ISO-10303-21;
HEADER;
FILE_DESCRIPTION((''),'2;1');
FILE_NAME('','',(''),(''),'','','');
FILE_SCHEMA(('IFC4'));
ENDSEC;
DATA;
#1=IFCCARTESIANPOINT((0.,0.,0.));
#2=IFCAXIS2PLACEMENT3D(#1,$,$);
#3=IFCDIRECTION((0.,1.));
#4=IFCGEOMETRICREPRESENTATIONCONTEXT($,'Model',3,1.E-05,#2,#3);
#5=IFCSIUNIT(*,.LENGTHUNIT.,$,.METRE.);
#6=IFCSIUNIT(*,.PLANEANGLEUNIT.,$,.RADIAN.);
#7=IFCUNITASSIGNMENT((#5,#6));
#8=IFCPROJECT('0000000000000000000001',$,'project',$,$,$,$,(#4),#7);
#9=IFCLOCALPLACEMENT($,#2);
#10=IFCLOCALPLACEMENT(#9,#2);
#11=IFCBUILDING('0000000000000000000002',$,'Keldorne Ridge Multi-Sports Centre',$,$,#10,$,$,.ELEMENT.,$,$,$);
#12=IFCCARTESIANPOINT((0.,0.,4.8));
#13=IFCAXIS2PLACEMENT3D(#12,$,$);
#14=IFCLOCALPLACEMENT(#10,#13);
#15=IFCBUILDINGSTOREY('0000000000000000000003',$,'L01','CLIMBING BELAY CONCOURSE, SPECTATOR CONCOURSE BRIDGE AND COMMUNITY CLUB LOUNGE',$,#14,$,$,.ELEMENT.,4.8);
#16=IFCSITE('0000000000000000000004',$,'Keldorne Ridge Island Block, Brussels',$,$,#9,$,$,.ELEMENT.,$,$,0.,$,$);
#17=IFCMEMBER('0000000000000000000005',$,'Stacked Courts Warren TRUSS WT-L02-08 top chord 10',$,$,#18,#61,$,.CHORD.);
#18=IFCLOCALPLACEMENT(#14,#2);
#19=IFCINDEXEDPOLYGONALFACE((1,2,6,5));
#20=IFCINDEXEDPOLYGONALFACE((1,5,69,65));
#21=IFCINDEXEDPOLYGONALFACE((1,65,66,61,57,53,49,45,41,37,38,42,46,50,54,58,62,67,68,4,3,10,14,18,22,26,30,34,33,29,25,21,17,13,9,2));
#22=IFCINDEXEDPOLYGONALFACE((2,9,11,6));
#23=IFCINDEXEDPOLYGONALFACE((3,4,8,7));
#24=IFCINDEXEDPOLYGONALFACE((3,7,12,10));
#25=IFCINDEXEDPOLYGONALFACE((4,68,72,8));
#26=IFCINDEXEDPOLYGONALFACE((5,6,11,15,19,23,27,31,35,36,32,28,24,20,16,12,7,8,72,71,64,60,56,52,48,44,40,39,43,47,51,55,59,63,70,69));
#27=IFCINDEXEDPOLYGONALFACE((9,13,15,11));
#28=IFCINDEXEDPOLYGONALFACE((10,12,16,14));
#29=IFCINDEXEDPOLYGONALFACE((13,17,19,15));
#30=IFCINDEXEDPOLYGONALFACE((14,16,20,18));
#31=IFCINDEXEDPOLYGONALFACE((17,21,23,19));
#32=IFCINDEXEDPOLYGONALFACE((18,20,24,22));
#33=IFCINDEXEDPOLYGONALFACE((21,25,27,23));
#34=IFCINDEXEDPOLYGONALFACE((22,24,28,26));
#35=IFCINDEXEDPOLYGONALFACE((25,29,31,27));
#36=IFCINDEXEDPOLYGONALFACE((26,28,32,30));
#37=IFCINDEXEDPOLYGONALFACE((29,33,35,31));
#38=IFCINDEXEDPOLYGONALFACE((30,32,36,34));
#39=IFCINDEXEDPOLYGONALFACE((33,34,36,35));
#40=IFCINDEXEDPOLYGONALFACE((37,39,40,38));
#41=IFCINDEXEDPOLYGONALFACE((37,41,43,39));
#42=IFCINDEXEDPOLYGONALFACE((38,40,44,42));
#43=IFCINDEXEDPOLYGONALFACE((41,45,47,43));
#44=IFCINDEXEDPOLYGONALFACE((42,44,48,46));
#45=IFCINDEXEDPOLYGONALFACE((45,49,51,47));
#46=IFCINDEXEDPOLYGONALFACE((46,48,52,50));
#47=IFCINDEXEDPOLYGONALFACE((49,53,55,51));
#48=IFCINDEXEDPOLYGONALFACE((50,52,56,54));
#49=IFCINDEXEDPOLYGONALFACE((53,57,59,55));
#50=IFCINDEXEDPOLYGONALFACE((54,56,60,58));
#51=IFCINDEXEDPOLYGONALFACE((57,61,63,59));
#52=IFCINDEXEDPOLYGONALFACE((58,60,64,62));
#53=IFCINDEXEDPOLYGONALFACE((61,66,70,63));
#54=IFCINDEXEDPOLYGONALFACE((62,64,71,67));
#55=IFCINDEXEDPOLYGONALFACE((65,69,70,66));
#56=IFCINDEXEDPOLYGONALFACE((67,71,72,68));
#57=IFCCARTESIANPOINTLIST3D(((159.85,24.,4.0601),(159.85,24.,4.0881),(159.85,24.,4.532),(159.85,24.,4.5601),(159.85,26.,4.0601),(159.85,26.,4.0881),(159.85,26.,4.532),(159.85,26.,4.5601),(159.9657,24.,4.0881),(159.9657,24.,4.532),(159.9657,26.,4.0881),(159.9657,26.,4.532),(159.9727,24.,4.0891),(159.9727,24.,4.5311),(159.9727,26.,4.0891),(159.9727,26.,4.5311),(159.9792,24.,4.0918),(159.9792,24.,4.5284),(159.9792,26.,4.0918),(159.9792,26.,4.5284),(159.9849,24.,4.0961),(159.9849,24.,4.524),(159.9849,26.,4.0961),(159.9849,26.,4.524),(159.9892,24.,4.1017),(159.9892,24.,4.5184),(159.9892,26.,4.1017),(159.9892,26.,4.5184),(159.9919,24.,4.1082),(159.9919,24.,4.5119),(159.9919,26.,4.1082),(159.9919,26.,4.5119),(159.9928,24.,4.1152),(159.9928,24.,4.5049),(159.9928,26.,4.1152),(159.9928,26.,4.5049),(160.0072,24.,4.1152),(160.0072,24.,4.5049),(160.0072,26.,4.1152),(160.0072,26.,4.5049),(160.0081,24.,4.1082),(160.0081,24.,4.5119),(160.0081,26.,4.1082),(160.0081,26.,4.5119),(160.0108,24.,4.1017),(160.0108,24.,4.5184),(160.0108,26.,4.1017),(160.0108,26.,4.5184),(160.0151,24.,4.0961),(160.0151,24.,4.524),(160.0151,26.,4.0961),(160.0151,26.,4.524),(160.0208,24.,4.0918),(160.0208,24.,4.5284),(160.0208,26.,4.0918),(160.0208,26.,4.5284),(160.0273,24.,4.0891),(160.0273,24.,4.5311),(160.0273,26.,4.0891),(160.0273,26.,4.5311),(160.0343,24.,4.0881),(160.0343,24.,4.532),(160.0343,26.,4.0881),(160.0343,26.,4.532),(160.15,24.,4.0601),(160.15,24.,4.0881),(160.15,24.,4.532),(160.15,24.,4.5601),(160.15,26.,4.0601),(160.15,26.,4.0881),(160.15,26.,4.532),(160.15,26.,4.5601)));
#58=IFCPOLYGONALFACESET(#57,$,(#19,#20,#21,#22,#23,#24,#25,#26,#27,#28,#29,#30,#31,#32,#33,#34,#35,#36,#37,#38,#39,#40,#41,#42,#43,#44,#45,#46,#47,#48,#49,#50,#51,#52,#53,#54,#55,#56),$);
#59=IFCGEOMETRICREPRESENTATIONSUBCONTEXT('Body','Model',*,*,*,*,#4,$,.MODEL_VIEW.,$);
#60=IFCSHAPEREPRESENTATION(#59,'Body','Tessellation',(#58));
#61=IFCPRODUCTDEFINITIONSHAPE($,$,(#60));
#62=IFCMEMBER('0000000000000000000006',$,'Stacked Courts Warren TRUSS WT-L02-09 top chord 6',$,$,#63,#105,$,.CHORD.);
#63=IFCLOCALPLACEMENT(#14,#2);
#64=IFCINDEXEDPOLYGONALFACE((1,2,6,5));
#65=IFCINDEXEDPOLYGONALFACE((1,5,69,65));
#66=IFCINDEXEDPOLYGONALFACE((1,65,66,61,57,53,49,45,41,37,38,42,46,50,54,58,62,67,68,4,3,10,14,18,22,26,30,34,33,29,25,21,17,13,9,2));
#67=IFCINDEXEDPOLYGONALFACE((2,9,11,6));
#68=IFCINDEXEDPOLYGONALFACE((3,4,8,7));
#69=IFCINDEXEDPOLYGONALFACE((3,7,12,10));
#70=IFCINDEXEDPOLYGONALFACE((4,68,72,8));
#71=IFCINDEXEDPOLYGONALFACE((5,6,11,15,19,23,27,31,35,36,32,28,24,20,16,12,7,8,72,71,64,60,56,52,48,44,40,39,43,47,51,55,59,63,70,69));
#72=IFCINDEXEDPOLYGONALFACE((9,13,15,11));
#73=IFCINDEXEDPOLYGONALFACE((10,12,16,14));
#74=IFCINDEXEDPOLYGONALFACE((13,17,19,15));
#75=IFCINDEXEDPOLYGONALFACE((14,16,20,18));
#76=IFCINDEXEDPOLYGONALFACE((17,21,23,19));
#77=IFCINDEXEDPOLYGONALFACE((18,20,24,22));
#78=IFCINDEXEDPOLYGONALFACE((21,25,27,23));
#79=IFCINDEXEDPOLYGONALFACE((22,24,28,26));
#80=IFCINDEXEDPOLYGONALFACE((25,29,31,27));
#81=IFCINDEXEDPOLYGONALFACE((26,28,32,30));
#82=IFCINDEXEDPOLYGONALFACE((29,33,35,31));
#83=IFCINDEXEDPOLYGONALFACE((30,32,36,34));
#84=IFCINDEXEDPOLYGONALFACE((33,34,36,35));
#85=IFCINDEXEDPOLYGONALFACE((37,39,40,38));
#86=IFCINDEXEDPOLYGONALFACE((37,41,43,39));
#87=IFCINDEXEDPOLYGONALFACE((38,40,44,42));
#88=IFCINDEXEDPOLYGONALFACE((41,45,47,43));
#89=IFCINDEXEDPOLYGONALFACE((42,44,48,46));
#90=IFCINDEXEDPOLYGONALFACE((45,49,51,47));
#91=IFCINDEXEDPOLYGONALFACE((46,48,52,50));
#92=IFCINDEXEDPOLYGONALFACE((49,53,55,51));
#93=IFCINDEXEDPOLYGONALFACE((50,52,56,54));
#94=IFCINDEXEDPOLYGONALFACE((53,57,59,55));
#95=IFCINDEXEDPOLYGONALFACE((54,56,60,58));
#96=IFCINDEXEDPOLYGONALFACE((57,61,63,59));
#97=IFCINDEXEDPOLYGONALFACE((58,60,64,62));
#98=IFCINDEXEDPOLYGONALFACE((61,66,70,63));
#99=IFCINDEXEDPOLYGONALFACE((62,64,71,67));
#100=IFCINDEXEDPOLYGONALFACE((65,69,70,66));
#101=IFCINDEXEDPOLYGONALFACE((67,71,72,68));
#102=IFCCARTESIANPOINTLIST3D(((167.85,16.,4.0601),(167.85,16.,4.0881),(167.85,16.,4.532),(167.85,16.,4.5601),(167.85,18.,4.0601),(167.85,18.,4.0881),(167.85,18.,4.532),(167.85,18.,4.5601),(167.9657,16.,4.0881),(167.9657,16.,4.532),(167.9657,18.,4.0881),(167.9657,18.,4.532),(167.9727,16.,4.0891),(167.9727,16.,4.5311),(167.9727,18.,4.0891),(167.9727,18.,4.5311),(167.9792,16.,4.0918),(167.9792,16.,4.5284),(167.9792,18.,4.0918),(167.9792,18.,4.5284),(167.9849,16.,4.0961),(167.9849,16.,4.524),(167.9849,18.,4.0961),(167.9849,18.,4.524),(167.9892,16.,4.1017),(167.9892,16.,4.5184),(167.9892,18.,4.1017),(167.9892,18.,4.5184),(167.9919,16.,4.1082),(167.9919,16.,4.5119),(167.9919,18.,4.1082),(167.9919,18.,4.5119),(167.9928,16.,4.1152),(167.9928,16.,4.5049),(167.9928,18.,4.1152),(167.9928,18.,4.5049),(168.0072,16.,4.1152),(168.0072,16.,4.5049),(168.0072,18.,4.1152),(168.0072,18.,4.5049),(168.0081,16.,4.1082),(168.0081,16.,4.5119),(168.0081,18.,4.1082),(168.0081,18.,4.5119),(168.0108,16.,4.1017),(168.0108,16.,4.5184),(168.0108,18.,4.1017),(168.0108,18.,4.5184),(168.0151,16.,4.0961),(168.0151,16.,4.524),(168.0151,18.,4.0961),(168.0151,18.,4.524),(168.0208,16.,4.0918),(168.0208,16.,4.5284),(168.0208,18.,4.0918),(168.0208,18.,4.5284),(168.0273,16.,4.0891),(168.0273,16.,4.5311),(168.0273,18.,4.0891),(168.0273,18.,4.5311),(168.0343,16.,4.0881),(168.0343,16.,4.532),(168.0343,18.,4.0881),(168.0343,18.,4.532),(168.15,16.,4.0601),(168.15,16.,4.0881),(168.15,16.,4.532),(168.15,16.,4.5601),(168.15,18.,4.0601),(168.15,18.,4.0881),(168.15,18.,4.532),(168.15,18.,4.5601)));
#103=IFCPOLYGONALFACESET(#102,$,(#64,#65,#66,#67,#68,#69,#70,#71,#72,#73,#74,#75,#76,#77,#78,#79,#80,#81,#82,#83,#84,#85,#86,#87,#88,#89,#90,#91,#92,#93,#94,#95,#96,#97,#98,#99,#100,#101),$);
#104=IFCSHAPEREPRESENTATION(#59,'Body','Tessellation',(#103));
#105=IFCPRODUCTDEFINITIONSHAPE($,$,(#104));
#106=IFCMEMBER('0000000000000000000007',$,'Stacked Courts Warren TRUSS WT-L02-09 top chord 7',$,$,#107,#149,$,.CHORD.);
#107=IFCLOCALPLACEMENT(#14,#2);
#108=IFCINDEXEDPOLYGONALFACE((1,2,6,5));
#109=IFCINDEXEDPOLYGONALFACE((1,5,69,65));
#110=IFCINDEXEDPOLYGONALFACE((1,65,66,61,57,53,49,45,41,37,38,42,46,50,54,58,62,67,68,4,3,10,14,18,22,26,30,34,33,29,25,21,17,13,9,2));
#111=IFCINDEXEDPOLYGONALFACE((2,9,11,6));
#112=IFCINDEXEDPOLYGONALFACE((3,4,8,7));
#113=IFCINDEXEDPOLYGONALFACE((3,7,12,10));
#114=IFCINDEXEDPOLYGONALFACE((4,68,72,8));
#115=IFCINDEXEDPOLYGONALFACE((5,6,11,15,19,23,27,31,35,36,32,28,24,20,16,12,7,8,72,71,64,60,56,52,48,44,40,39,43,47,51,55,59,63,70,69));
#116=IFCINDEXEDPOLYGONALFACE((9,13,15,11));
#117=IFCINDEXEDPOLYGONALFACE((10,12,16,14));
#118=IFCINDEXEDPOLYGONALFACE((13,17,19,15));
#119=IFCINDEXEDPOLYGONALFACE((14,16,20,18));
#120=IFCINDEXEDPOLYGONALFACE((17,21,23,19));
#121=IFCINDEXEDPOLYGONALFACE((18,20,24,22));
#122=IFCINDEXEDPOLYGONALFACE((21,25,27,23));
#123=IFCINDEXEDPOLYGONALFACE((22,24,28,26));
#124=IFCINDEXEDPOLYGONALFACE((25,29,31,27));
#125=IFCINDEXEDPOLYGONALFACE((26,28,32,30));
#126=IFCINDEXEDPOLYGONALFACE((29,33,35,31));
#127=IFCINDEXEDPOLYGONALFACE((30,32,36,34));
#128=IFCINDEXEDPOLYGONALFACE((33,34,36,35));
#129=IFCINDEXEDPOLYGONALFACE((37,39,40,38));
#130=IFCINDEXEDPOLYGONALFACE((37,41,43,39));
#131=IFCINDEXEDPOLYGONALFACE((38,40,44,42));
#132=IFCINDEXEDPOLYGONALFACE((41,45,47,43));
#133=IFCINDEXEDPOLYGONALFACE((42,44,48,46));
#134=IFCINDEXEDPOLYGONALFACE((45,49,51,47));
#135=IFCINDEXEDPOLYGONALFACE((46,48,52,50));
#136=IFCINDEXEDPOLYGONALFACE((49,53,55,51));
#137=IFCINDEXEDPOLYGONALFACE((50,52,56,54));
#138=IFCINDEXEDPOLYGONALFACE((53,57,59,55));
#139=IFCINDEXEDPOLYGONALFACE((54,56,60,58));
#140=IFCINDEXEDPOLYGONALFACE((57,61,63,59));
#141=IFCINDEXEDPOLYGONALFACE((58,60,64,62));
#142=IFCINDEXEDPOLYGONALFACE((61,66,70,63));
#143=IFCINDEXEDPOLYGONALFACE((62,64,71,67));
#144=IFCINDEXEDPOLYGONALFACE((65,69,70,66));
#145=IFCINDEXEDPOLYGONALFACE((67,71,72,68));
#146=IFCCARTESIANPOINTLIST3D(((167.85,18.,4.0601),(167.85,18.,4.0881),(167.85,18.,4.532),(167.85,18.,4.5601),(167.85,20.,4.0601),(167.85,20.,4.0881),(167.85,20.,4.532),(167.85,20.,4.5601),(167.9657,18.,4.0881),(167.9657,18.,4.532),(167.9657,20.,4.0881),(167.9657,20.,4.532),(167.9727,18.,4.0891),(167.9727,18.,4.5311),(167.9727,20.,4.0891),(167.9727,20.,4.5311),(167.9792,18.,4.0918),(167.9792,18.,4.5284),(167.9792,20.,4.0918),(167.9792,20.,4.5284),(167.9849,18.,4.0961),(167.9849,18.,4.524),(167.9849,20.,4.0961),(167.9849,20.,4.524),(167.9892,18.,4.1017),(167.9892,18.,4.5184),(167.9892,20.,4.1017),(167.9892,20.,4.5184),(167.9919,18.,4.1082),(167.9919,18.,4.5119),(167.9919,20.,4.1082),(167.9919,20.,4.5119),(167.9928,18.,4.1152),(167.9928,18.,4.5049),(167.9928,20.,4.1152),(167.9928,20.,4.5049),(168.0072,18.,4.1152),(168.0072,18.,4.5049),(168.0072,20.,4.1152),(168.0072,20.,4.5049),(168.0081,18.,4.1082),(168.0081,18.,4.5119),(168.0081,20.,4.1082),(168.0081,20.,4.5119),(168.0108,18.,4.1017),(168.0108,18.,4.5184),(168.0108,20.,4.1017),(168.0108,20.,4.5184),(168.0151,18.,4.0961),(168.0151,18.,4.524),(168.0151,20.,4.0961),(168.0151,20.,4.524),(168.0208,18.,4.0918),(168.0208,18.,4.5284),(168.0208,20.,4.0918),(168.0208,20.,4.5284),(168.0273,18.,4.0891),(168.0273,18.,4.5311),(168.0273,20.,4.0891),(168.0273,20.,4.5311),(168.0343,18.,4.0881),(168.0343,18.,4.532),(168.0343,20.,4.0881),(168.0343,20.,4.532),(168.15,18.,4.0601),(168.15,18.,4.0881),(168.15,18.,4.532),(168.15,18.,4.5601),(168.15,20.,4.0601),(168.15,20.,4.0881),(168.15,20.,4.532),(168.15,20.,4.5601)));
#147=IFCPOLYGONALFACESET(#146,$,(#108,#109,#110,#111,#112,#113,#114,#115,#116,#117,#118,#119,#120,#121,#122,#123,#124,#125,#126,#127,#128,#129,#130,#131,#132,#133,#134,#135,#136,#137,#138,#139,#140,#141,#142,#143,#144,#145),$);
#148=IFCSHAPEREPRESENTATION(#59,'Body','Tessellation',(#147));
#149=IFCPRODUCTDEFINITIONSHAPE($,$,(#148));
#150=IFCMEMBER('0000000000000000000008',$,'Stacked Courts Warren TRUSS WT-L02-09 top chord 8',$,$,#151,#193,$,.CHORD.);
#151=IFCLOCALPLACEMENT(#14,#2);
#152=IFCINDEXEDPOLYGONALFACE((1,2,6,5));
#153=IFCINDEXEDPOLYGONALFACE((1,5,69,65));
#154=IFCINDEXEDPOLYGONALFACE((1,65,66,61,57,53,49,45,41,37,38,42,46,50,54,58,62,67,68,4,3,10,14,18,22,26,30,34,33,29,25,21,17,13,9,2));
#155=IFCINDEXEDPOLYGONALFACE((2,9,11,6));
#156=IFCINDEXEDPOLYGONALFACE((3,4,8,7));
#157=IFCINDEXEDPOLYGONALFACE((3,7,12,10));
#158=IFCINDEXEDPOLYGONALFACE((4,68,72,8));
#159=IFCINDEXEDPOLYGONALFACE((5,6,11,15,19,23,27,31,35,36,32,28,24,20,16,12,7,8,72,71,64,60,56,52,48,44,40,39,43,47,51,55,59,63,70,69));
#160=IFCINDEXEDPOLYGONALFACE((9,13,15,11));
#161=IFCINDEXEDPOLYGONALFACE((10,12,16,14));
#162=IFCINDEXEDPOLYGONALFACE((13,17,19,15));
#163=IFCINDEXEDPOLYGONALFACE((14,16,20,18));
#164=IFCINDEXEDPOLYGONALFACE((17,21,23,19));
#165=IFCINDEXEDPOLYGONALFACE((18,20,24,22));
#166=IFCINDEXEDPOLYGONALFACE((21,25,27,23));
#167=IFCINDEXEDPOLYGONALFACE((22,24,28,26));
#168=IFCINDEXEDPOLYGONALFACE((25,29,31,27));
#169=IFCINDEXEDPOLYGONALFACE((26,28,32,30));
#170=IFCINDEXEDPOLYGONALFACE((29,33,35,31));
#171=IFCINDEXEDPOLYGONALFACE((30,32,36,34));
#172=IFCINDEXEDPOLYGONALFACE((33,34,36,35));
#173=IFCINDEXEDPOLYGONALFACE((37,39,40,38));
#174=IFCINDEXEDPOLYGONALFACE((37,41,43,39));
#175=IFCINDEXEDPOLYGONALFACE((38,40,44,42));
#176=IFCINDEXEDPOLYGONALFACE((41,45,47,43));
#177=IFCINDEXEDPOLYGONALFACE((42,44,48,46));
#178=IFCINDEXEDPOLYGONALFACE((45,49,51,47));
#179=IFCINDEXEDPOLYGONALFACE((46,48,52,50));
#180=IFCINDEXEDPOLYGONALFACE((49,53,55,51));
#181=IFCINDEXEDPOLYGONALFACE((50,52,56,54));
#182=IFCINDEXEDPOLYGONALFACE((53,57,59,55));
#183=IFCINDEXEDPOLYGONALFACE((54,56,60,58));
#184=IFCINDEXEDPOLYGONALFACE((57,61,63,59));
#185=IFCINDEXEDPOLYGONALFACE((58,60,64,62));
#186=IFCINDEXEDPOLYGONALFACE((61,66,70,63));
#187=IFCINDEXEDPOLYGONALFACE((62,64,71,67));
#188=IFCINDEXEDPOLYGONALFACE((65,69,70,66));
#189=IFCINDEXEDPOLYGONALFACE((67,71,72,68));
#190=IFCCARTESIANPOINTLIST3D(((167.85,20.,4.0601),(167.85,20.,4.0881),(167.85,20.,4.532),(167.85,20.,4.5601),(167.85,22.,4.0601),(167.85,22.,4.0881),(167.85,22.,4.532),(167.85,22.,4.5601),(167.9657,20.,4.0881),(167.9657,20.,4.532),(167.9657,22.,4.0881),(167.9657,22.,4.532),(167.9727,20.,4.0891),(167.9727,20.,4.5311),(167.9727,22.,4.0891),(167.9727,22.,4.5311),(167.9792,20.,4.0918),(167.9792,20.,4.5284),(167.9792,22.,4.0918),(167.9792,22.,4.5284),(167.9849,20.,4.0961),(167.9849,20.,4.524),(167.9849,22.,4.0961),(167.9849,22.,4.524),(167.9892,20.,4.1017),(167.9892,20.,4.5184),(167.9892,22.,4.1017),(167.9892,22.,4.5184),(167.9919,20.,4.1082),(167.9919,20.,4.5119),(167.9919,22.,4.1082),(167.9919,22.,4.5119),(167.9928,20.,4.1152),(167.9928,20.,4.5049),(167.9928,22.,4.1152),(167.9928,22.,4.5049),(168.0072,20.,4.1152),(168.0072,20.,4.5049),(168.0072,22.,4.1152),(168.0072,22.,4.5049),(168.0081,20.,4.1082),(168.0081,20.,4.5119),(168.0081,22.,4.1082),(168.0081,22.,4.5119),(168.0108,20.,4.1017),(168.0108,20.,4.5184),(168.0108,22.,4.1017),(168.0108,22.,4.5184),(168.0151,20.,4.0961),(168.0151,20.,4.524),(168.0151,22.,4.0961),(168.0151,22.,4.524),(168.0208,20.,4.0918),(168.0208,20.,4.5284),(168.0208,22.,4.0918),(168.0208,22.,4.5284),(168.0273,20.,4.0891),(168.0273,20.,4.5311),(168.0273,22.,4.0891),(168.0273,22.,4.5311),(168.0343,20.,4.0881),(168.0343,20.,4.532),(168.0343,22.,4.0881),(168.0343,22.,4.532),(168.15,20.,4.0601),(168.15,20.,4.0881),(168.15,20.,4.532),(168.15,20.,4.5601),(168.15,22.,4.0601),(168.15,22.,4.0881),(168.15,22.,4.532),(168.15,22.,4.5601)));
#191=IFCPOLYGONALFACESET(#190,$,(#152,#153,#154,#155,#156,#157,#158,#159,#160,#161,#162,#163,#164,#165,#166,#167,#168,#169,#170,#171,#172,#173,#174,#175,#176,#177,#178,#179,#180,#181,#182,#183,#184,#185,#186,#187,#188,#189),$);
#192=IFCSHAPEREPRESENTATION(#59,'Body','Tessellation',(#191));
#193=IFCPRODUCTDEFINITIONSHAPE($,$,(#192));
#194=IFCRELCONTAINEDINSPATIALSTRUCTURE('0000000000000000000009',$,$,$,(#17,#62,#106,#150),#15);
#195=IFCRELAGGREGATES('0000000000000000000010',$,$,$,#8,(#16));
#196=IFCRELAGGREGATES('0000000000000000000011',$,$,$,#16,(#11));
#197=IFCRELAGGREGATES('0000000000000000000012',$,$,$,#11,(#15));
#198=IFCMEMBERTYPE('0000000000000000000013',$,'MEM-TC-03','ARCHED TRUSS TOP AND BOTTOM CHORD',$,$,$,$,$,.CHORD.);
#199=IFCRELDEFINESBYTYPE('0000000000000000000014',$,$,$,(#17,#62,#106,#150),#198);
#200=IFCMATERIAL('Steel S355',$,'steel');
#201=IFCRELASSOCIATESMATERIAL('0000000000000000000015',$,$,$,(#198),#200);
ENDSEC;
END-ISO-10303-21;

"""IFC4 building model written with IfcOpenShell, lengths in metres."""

from ifc_helpers import new_model, si_unit, direction, frame, origin, origin_2d, place, context, subcontext, project, spatial, i_section, extrude, material, material_profile, profile_set, type_object, element, save


model = new_model("IFC4")

# Units and contexts
model_context = context("Model", 3, precision=1e-05, world=origin(), true_north=direction((0.0, 1.0)))
body_context = subcontext(model_context, "Body", "Model", "MODEL_VIEW")
ifc_project = project(units=[si_unit("LENGTHUNIT", "METRE"), si_unit("PLANEANGLEUNIT", "RADIAN")], contexts=[model_context])

# Site, building, storey
site_placement = place(None, origin())
site = spatial("IfcSite", under=ifc_project, at=site_placement, Name="Keldorne Ridge Island Block, Brussels", CompositionType="ELEMENT", RefElevation=0.0)
building_placement = place(site_placement, origin())
building = spatial("IfcBuilding", under=site, at=building_placement, Name="Keldorne Ridge Multi-Sports Centre", CompositionType="ELEMENT")
storey_placement = place(building_placement, frame((0.0, 0.0, 4.8)))
storey = spatial("IfcBuildingStorey", under=building, at=storey_placement, Name="L01", Description="CLIMBING BELAY CONCOURSE, SPECTATOR CONCOURSE BRIDGE AND COMMUNITY CLUB LOUNGE", CompositionType="ELEMENT", Elevation=4.8)

# Shared definitions
ifc_material_1 = material(Name="Steel S355", Category="steel")

# Members
ifc_material_profile_1 = material_profile(ifc_material_1, i_section(OverallWidth=0.3, OverallDepth=0.5, WebThickness=0.0144, FlangeThickness=0.0281, FilletRadius=0.0271, at=origin_2d()), Name="HEB 500")
ifc_profile_set_1 = profile_set([ifc_material_profile_1], Name="Steel S355")
member_type_1 = type_object("IfcMemberType", Name="MEM-TC-03", Description="ARCHED TRUSS TOP AND BOTTOM CHORD", PredefinedType="CHORD", material=ifc_profile_set_1)
for number, where, z_axis, x_axis, name in (
    (1, (160.0, 24.0, 4.3101), (0.0, 1.0, 0.0), (-1.0, 0.0, 0.0), "Stacked Courts Warren TRUSS WT-L02-08 top chord 10"),
    (2, (168.0, 16.0, 4.3101), (0.0, 1.0, 0.0), (-1.0, 0.0, 0.0), "Stacked Courts Warren TRUSS WT-L02-09 top chord 6"),
    (3, (168.0, 18.0, 4.3101), (0.0, 1.0, 0.0), (-1.0, 0.0, 0.0), "Stacked Courts Warren TRUSS WT-L02-09 top chord 7"),
    (4, (168.0, 20.0, 4.3101), (0.0, 1.0, 0.0), (-1.0, 0.0, 0.0), "Stacked Courts Warren TRUSS WT-L02-09 top chord 8"),
):
    element("IfcMember", number, at=place(storey_placement, frame(where, z_axis=z_axis, x_axis=x_axis)), inside=storey, type_object=member_type_1, Name=name, PredefinedType="CHORD", context=body_context, shape_type="SweptSolid", body=[
        extrude(i_section(OverallWidth=0.3, OverallDepth=0.5, WebThickness=0.0144, FlangeThickness=0.0281, FilletRadius=0.0271, at=origin_2d()), origin(), (0.0, 0.0, 1.0), 2.0),
    ])

save(model, "model.ifc")
